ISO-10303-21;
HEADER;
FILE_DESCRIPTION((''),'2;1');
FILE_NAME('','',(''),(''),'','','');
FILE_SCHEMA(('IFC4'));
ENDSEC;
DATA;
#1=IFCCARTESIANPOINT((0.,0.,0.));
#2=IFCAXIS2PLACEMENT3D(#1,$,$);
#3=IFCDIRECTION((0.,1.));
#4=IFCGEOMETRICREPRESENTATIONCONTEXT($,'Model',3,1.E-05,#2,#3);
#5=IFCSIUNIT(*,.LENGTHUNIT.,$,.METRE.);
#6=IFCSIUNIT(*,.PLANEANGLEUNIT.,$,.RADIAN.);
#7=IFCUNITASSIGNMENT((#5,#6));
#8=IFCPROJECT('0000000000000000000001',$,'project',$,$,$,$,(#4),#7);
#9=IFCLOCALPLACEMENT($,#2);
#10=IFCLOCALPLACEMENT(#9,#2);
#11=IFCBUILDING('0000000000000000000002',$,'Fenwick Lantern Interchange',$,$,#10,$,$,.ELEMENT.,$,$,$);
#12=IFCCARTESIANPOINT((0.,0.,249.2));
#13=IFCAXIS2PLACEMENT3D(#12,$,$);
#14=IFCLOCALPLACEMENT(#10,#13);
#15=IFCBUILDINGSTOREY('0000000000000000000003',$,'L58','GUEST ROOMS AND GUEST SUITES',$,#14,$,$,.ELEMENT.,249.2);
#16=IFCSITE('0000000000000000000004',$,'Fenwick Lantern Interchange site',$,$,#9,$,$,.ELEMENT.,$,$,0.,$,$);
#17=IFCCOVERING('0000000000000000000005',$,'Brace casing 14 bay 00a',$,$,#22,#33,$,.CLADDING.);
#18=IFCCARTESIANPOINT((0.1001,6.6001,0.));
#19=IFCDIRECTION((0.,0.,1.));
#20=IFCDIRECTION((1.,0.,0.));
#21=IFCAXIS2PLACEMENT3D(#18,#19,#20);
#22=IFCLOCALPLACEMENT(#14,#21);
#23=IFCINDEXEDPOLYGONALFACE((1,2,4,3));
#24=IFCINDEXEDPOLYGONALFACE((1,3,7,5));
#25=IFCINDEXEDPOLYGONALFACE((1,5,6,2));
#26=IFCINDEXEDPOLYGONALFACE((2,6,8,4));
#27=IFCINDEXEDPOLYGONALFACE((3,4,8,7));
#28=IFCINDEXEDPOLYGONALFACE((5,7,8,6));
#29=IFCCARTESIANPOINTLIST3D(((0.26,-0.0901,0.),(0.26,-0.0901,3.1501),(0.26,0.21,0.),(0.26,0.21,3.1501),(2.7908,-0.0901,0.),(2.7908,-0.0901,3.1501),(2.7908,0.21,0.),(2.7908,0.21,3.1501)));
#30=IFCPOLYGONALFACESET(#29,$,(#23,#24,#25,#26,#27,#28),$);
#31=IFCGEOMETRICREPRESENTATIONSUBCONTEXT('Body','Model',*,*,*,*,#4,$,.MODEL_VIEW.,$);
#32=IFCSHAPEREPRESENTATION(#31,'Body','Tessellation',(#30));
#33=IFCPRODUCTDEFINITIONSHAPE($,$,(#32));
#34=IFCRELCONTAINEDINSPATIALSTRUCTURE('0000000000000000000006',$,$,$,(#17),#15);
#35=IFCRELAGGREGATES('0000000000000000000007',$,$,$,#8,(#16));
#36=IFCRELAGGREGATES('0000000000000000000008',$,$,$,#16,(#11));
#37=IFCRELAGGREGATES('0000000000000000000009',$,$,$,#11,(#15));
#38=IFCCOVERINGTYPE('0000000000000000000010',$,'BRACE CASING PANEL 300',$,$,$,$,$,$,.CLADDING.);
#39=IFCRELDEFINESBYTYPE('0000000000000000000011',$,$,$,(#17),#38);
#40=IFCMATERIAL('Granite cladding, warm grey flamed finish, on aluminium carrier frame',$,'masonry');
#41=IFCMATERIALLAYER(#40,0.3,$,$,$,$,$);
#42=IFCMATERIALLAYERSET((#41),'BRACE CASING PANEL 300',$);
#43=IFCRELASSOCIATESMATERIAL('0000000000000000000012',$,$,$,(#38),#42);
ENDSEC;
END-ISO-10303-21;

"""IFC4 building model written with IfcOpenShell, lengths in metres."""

from ifc_helpers import new_model, si_unit, direction, frame, origin, place, context, subcontext, project, spatial, polyline, outline, extrude, material, layer, layer_set, type_object, element, save


model = new_model("IFC4")

# Units and contexts
model_context = context("Model", 3, precision=1e-05, world=origin(), true_north=direction((0.0, 1.0)))
body_context = subcontext(model_context, "Body", "Model", "MODEL_VIEW")
ifc_project = project(units=[si_unit("LENGTHUNIT", "METRE"), si_unit("PLANEANGLEUNIT", "RADIAN")], contexts=[model_context])

# Site, building, storey
site_placement = place(None, origin())
site = spatial("IfcSite", under=ifc_project, at=site_placement, Name="Fenwick Lantern Interchange site", CompositionType="ELEMENT", RefElevation=0.0)
building_placement = place(site_placement, origin())
building = spatial("IfcBuilding", under=site, at=building_placement, Name="Fenwick Lantern Interchange", CompositionType="ELEMENT")
storey_placement = place(building_placement, frame((0.0, 0.0, 249.2)))
storey = spatial("IfcBuildingStorey", under=building, at=storey_placement, Name="L58", Description="GUEST ROOMS AND GUEST SUITES", CompositionType="ELEMENT", Elevation=249.2)

# Covering
ifc_material_1 = material(Name="Granite cladding, warm grey flamed finish, on aluminium carrier frame", Category="masonry")
ifc_layer_1 = layer(ifc_material_1, 0.3)
ifc_layer_set_1 = layer_set([ifc_layer_1], Name="BRACE CASING PANEL 300")
covering_type = type_object("IfcCoveringType", Name="BRACE CASING PANEL 300", PredefinedType="CLADDING", material=ifc_layer_set_1)
covering_placement = place(storey_placement, frame((0.1001, 6.6001, 0.0), z_axis=(0.0, 0.0, 1.0), x_axis=(1.0, 0.0, 0.0)))
element("IfcCovering", 1, at=covering_placement, inside=storey, type_object=covering_type, Name="Brace casing 14 bay 00a", PredefinedType="CLADDING", context=body_context, shape_type="SweptSolid", body=[
    extrude(outline(polyline([(0.26, 0.0), (2.7908, 0.0), (2.7908, 3.1501), (0.26, 3.1501), (0.26, 0.0)])), frame((0.0, 0.21, 0.0), z_axis=(0.0, -1.0, 0.0), x_axis=(1.0, 0.0, 0.0)), (0.0, 0.0, 1.0), 0.3),
])

save(model, "model.ifc")
